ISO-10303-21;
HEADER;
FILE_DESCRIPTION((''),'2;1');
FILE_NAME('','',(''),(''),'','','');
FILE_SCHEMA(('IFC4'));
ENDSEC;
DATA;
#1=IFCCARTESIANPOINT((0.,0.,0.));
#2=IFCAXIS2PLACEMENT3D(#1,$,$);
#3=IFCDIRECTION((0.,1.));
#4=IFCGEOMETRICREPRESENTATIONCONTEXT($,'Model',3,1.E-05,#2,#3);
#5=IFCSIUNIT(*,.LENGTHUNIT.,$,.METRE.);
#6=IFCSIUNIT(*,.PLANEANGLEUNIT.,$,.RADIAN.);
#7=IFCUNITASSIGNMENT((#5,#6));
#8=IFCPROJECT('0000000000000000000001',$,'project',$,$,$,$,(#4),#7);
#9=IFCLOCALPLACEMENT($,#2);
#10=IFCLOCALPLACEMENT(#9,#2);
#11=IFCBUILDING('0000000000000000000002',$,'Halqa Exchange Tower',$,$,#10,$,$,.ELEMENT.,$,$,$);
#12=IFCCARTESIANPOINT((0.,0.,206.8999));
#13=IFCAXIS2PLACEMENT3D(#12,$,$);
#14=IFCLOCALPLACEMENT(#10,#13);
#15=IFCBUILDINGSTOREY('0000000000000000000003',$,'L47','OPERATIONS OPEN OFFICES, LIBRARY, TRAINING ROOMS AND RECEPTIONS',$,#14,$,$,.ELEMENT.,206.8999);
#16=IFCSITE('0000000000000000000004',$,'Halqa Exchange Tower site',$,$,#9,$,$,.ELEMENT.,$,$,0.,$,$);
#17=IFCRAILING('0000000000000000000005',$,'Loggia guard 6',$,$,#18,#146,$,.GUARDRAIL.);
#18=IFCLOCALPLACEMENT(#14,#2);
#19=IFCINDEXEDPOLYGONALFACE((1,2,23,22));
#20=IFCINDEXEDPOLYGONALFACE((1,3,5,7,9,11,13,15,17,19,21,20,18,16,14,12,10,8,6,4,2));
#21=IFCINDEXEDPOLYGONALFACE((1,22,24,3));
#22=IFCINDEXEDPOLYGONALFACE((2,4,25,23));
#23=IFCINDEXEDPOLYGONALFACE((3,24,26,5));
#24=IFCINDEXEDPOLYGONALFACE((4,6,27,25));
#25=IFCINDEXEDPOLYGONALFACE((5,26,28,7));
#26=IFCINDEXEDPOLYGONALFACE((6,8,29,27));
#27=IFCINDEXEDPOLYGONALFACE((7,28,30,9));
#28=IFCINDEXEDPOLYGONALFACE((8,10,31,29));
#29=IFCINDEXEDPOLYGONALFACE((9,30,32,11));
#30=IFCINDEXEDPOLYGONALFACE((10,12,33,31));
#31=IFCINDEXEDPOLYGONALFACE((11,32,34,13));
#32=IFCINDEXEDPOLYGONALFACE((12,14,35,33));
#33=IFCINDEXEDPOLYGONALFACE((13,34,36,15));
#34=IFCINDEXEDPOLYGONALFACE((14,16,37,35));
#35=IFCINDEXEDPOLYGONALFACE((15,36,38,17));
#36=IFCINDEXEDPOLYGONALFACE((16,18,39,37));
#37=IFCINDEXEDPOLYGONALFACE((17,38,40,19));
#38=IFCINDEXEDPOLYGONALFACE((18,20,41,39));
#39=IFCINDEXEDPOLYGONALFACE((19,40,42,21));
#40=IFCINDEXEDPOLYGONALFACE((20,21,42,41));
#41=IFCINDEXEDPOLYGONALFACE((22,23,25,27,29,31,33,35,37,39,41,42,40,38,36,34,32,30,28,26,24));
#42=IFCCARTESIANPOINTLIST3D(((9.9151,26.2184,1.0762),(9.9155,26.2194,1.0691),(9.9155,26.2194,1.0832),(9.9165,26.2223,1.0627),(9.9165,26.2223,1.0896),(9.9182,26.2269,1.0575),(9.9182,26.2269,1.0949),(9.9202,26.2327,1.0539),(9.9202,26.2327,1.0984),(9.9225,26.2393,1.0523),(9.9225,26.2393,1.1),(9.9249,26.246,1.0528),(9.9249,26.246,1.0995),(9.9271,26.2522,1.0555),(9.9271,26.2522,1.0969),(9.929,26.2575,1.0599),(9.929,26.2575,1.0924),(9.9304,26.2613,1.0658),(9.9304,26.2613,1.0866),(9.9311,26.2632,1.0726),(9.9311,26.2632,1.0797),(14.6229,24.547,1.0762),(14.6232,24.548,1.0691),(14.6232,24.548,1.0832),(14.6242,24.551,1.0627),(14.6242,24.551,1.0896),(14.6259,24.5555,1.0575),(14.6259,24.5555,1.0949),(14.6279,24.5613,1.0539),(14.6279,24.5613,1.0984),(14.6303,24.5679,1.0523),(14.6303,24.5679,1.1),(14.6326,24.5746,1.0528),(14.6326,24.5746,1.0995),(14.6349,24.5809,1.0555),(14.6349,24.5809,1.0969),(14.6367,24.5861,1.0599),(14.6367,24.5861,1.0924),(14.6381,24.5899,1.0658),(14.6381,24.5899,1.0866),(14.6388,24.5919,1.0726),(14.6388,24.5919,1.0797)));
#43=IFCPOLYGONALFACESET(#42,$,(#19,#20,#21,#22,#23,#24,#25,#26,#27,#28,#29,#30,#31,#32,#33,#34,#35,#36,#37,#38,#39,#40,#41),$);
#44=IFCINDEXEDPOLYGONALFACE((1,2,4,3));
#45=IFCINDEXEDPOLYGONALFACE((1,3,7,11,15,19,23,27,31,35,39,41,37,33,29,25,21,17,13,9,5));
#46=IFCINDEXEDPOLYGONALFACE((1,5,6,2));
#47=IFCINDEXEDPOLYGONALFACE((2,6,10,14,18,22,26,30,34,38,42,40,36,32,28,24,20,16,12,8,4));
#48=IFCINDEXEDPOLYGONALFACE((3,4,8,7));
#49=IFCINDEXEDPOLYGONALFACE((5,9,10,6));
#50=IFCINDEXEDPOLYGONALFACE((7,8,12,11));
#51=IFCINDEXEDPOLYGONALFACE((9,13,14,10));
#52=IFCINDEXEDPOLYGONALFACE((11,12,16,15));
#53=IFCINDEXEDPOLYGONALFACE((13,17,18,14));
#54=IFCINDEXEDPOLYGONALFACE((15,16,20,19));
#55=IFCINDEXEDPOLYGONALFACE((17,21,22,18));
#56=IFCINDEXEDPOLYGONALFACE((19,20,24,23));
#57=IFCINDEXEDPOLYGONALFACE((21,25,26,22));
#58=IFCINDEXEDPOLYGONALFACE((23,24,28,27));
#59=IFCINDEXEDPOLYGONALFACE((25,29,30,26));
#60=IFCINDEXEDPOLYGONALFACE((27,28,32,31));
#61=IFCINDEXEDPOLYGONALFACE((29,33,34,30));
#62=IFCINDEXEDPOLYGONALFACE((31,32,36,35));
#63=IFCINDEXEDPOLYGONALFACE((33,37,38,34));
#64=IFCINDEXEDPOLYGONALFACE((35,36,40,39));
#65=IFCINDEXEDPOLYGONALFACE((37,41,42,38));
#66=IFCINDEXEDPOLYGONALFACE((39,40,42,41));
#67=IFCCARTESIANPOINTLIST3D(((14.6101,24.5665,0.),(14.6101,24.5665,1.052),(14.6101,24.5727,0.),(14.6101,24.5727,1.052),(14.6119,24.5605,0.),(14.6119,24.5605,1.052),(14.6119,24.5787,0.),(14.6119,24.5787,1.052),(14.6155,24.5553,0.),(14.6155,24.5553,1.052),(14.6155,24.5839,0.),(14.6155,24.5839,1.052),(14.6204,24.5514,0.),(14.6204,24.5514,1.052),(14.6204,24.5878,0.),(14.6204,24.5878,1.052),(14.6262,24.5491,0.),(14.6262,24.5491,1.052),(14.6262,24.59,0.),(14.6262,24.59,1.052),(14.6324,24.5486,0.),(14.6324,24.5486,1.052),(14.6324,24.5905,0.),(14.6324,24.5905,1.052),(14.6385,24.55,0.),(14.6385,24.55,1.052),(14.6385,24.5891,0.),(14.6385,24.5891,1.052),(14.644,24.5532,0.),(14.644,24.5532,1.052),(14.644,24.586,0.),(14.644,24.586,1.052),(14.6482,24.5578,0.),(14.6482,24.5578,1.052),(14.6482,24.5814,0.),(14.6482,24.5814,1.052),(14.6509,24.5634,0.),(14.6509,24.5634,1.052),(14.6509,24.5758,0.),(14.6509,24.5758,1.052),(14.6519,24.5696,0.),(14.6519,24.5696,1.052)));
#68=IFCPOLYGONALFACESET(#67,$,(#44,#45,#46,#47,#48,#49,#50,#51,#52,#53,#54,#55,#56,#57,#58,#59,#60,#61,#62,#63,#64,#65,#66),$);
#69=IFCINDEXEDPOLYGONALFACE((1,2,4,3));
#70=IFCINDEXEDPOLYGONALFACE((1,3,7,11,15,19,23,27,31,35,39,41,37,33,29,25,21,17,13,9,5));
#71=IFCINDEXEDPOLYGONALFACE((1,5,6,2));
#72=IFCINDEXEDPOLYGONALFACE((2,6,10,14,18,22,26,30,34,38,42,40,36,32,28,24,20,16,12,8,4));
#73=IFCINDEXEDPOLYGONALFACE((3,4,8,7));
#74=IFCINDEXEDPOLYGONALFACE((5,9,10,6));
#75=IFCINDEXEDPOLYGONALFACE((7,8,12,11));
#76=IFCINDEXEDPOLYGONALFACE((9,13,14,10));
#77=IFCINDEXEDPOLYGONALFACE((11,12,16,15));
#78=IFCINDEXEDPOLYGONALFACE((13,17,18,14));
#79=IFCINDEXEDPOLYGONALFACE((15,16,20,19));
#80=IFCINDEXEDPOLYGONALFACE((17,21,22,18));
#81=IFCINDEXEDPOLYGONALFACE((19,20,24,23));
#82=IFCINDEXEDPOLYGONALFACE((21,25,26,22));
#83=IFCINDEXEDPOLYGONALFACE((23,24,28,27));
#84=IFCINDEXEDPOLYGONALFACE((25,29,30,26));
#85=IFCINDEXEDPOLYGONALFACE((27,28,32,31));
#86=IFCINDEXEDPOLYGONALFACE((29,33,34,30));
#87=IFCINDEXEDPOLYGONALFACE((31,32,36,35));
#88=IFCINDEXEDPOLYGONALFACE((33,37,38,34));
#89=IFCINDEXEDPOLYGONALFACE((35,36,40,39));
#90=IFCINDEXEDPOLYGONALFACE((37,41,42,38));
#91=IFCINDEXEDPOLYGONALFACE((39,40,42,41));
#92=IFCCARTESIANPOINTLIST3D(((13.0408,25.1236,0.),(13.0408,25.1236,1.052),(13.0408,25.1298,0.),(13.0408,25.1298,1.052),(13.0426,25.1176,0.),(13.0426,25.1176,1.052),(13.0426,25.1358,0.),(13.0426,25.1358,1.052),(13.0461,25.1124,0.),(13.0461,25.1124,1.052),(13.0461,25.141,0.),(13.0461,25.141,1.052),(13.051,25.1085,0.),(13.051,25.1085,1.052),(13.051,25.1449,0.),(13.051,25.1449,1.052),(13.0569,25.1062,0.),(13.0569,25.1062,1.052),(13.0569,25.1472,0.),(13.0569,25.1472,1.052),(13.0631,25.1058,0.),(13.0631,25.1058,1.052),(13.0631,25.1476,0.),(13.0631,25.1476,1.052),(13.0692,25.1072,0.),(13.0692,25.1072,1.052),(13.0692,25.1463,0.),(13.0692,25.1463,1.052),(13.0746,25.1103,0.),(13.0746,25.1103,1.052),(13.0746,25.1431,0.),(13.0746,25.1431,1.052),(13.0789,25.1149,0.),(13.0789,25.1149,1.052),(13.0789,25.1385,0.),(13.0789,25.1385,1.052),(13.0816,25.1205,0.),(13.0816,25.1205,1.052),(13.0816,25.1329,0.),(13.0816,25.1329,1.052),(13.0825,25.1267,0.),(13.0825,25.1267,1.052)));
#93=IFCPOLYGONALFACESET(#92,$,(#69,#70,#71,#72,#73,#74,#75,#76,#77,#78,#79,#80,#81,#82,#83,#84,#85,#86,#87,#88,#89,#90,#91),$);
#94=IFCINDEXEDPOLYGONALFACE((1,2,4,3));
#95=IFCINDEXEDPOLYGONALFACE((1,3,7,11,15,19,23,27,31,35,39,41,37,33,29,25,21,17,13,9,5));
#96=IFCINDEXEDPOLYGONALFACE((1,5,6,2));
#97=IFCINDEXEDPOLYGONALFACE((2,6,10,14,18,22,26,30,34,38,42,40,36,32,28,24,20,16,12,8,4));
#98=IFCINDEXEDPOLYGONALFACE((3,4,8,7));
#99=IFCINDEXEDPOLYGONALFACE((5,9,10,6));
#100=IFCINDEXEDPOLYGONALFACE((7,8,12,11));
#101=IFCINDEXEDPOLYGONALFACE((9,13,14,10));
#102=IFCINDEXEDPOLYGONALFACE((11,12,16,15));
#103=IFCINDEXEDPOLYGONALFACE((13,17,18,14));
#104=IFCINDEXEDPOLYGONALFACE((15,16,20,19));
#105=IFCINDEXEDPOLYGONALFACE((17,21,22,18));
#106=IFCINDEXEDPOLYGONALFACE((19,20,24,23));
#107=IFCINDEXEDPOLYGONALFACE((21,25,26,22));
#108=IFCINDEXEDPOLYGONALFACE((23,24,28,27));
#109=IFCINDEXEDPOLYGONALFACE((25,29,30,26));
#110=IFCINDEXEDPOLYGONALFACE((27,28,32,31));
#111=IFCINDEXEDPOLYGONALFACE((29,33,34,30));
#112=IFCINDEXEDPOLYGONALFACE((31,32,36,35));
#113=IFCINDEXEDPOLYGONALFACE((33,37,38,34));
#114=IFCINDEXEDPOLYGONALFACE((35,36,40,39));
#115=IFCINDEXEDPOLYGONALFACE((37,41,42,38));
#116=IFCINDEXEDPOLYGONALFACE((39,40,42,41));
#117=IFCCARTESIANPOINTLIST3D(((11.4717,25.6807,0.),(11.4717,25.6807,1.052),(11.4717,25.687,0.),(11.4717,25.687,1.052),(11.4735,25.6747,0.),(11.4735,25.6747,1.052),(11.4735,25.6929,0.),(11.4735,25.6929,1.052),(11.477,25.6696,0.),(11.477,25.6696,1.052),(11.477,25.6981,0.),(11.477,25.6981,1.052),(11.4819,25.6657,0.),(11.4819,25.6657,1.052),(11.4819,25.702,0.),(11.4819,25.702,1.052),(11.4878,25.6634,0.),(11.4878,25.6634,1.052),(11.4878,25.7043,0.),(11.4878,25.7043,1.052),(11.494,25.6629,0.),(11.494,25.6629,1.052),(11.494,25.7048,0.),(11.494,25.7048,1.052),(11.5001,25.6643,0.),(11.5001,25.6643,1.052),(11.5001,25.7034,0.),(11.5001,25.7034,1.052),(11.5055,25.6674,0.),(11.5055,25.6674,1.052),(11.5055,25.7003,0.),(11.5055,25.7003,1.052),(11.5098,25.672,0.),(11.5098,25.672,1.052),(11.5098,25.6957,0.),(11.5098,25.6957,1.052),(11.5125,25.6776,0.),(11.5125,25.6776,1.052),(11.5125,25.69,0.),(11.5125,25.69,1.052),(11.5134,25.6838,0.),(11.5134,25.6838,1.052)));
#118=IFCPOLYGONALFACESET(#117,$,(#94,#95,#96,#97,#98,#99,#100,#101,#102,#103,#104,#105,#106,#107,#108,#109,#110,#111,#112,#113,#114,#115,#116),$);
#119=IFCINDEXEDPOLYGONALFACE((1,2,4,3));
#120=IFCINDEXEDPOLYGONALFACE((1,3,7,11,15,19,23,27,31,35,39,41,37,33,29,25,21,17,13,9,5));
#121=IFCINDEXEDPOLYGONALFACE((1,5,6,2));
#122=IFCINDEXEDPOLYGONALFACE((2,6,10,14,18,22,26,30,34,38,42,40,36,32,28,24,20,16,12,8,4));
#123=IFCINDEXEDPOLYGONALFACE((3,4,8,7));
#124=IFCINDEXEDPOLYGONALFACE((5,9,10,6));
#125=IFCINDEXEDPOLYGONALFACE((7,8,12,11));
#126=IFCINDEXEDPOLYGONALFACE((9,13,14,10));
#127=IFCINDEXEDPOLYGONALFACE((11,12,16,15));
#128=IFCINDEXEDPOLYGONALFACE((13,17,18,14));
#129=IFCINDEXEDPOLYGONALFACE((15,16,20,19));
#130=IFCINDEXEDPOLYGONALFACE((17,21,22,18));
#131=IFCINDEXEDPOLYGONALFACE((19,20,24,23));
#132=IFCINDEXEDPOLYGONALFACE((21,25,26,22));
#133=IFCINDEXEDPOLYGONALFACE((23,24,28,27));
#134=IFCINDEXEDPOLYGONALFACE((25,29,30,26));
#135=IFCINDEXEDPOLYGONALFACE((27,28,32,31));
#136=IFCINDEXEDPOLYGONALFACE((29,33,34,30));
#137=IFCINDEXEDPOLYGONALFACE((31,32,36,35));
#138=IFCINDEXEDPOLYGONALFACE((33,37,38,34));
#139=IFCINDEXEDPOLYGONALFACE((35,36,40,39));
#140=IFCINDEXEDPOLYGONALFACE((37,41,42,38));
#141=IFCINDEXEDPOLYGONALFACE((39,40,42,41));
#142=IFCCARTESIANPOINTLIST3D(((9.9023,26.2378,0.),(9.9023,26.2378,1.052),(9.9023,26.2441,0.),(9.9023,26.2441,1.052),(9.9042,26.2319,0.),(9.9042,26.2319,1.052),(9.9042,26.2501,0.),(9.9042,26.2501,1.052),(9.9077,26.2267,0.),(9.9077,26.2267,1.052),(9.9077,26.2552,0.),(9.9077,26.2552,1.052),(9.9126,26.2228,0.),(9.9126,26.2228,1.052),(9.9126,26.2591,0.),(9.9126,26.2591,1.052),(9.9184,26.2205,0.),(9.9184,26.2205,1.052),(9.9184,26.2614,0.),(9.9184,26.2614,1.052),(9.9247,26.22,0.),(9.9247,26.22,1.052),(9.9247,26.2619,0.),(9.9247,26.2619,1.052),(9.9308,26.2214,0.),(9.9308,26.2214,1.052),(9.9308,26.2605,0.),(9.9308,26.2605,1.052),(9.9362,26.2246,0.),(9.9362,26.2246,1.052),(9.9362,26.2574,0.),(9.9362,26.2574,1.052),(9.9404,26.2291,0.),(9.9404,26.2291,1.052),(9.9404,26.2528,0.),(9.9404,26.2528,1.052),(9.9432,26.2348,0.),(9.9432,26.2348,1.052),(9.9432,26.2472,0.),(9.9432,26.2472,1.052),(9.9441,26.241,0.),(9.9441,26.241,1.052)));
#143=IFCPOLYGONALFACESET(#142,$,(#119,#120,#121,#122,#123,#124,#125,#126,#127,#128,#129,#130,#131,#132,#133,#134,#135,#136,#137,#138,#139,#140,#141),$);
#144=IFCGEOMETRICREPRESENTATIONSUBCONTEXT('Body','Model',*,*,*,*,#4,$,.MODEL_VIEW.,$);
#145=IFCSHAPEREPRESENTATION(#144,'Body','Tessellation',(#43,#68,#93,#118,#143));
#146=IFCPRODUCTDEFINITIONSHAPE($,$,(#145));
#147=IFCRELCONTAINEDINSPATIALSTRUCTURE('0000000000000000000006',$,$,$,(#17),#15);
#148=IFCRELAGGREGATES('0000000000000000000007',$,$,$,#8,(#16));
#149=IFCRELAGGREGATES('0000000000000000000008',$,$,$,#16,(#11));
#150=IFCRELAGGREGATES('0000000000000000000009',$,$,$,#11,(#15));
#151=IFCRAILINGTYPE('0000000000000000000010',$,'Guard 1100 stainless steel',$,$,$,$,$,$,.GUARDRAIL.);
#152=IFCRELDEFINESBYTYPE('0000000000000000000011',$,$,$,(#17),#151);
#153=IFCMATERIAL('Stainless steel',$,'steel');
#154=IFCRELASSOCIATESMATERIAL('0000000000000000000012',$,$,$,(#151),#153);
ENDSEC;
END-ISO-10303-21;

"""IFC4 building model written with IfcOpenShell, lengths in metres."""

from ifc_helpers import new_model, si_unit, direction, frame, origin, origin_2d, place, context, subcontext, project, spatial, circle, extrude, material, type_object, element, save


model = new_model("IFC4")

# Units and contexts
model_context = context("Model", 3, precision=1e-05, world=origin(), true_north=direction((0.0, 1.0)))
body_context = subcontext(model_context, "Body", "Model", "MODEL_VIEW")
ifc_project = project(units=[si_unit("LENGTHUNIT", "METRE"), si_unit("PLANEANGLEUNIT", "RADIAN")], contexts=[model_context])

# Site, building, storey
site_placement = place(None, origin())
site = spatial("IfcSite", under=ifc_project, at=site_placement, Name="Halqa Exchange Tower site", CompositionType="ELEMENT", RefElevation=0.0)
building_placement = place(site_placement, origin())
building = spatial("IfcBuilding", under=site, at=building_placement, Name="Halqa Exchange Tower", CompositionType="ELEMENT")
storey_placement = place(building_placement, frame((0.0, 0.0, 206.8999)))
storey = spatial("IfcBuildingStorey", under=building, at=storey_placement, Name="L47", Description="OPERATIONS OPEN OFFICES, LIBRARY, TRAINING ROOMS AND RECEPTIONS", CompositionType="ELEMENT", Elevation=206.8999)

# Railing
ifc_material_1 = material(Name="Stainless steel", Category="steel")
railing_type = type_object("IfcRailingType", Name="Guard 1100 stainless steel", PredefinedType="GUARDRAIL", material=ifc_material_1)
railing_1_placement = place(storey_placement, frame((14.6309, 24.5696, 0.0)))
element("IfcRailing", 1, at=railing_1_placement, inside=storey, type_object=railing_type, Name="Loggia guard 6", PredefinedType="GUARDRAIL", context=body_context, shape_type="SweptSolid", body=[
    extrude(circle(Radius=0.0239, at=origin_2d()), frame((0.0, 0.0, 1.0762), z_axis=(-0.942372, 0.334568, 0.0), x_axis=(-0.334568, -0.942372, 0.0)), (0.0, 0.0, 1.0), 4.9956),
    extrude(circle(Radius=0.021, at=origin_2d()), origin(), (0.0, 0.0, 1.0), 1.052),
    extrude(circle(Radius=0.021, at=origin_2d()), frame((-1.5693, 0.5571, 0.0)), (0.0, 0.0, 1.0), 1.052),
    extrude(circle(Radius=0.021, at=origin_2d()), frame((-3.1384, 1.1143, 0.0)), (0.0, 0.0, 1.0), 1.052),
    extrude(circle(Radius=0.021, at=origin_2d()), frame((-4.7078, 1.6714, 0.0)), (0.0, 0.0, 1.0), 1.052),
])

save(model, "model.ifc")
